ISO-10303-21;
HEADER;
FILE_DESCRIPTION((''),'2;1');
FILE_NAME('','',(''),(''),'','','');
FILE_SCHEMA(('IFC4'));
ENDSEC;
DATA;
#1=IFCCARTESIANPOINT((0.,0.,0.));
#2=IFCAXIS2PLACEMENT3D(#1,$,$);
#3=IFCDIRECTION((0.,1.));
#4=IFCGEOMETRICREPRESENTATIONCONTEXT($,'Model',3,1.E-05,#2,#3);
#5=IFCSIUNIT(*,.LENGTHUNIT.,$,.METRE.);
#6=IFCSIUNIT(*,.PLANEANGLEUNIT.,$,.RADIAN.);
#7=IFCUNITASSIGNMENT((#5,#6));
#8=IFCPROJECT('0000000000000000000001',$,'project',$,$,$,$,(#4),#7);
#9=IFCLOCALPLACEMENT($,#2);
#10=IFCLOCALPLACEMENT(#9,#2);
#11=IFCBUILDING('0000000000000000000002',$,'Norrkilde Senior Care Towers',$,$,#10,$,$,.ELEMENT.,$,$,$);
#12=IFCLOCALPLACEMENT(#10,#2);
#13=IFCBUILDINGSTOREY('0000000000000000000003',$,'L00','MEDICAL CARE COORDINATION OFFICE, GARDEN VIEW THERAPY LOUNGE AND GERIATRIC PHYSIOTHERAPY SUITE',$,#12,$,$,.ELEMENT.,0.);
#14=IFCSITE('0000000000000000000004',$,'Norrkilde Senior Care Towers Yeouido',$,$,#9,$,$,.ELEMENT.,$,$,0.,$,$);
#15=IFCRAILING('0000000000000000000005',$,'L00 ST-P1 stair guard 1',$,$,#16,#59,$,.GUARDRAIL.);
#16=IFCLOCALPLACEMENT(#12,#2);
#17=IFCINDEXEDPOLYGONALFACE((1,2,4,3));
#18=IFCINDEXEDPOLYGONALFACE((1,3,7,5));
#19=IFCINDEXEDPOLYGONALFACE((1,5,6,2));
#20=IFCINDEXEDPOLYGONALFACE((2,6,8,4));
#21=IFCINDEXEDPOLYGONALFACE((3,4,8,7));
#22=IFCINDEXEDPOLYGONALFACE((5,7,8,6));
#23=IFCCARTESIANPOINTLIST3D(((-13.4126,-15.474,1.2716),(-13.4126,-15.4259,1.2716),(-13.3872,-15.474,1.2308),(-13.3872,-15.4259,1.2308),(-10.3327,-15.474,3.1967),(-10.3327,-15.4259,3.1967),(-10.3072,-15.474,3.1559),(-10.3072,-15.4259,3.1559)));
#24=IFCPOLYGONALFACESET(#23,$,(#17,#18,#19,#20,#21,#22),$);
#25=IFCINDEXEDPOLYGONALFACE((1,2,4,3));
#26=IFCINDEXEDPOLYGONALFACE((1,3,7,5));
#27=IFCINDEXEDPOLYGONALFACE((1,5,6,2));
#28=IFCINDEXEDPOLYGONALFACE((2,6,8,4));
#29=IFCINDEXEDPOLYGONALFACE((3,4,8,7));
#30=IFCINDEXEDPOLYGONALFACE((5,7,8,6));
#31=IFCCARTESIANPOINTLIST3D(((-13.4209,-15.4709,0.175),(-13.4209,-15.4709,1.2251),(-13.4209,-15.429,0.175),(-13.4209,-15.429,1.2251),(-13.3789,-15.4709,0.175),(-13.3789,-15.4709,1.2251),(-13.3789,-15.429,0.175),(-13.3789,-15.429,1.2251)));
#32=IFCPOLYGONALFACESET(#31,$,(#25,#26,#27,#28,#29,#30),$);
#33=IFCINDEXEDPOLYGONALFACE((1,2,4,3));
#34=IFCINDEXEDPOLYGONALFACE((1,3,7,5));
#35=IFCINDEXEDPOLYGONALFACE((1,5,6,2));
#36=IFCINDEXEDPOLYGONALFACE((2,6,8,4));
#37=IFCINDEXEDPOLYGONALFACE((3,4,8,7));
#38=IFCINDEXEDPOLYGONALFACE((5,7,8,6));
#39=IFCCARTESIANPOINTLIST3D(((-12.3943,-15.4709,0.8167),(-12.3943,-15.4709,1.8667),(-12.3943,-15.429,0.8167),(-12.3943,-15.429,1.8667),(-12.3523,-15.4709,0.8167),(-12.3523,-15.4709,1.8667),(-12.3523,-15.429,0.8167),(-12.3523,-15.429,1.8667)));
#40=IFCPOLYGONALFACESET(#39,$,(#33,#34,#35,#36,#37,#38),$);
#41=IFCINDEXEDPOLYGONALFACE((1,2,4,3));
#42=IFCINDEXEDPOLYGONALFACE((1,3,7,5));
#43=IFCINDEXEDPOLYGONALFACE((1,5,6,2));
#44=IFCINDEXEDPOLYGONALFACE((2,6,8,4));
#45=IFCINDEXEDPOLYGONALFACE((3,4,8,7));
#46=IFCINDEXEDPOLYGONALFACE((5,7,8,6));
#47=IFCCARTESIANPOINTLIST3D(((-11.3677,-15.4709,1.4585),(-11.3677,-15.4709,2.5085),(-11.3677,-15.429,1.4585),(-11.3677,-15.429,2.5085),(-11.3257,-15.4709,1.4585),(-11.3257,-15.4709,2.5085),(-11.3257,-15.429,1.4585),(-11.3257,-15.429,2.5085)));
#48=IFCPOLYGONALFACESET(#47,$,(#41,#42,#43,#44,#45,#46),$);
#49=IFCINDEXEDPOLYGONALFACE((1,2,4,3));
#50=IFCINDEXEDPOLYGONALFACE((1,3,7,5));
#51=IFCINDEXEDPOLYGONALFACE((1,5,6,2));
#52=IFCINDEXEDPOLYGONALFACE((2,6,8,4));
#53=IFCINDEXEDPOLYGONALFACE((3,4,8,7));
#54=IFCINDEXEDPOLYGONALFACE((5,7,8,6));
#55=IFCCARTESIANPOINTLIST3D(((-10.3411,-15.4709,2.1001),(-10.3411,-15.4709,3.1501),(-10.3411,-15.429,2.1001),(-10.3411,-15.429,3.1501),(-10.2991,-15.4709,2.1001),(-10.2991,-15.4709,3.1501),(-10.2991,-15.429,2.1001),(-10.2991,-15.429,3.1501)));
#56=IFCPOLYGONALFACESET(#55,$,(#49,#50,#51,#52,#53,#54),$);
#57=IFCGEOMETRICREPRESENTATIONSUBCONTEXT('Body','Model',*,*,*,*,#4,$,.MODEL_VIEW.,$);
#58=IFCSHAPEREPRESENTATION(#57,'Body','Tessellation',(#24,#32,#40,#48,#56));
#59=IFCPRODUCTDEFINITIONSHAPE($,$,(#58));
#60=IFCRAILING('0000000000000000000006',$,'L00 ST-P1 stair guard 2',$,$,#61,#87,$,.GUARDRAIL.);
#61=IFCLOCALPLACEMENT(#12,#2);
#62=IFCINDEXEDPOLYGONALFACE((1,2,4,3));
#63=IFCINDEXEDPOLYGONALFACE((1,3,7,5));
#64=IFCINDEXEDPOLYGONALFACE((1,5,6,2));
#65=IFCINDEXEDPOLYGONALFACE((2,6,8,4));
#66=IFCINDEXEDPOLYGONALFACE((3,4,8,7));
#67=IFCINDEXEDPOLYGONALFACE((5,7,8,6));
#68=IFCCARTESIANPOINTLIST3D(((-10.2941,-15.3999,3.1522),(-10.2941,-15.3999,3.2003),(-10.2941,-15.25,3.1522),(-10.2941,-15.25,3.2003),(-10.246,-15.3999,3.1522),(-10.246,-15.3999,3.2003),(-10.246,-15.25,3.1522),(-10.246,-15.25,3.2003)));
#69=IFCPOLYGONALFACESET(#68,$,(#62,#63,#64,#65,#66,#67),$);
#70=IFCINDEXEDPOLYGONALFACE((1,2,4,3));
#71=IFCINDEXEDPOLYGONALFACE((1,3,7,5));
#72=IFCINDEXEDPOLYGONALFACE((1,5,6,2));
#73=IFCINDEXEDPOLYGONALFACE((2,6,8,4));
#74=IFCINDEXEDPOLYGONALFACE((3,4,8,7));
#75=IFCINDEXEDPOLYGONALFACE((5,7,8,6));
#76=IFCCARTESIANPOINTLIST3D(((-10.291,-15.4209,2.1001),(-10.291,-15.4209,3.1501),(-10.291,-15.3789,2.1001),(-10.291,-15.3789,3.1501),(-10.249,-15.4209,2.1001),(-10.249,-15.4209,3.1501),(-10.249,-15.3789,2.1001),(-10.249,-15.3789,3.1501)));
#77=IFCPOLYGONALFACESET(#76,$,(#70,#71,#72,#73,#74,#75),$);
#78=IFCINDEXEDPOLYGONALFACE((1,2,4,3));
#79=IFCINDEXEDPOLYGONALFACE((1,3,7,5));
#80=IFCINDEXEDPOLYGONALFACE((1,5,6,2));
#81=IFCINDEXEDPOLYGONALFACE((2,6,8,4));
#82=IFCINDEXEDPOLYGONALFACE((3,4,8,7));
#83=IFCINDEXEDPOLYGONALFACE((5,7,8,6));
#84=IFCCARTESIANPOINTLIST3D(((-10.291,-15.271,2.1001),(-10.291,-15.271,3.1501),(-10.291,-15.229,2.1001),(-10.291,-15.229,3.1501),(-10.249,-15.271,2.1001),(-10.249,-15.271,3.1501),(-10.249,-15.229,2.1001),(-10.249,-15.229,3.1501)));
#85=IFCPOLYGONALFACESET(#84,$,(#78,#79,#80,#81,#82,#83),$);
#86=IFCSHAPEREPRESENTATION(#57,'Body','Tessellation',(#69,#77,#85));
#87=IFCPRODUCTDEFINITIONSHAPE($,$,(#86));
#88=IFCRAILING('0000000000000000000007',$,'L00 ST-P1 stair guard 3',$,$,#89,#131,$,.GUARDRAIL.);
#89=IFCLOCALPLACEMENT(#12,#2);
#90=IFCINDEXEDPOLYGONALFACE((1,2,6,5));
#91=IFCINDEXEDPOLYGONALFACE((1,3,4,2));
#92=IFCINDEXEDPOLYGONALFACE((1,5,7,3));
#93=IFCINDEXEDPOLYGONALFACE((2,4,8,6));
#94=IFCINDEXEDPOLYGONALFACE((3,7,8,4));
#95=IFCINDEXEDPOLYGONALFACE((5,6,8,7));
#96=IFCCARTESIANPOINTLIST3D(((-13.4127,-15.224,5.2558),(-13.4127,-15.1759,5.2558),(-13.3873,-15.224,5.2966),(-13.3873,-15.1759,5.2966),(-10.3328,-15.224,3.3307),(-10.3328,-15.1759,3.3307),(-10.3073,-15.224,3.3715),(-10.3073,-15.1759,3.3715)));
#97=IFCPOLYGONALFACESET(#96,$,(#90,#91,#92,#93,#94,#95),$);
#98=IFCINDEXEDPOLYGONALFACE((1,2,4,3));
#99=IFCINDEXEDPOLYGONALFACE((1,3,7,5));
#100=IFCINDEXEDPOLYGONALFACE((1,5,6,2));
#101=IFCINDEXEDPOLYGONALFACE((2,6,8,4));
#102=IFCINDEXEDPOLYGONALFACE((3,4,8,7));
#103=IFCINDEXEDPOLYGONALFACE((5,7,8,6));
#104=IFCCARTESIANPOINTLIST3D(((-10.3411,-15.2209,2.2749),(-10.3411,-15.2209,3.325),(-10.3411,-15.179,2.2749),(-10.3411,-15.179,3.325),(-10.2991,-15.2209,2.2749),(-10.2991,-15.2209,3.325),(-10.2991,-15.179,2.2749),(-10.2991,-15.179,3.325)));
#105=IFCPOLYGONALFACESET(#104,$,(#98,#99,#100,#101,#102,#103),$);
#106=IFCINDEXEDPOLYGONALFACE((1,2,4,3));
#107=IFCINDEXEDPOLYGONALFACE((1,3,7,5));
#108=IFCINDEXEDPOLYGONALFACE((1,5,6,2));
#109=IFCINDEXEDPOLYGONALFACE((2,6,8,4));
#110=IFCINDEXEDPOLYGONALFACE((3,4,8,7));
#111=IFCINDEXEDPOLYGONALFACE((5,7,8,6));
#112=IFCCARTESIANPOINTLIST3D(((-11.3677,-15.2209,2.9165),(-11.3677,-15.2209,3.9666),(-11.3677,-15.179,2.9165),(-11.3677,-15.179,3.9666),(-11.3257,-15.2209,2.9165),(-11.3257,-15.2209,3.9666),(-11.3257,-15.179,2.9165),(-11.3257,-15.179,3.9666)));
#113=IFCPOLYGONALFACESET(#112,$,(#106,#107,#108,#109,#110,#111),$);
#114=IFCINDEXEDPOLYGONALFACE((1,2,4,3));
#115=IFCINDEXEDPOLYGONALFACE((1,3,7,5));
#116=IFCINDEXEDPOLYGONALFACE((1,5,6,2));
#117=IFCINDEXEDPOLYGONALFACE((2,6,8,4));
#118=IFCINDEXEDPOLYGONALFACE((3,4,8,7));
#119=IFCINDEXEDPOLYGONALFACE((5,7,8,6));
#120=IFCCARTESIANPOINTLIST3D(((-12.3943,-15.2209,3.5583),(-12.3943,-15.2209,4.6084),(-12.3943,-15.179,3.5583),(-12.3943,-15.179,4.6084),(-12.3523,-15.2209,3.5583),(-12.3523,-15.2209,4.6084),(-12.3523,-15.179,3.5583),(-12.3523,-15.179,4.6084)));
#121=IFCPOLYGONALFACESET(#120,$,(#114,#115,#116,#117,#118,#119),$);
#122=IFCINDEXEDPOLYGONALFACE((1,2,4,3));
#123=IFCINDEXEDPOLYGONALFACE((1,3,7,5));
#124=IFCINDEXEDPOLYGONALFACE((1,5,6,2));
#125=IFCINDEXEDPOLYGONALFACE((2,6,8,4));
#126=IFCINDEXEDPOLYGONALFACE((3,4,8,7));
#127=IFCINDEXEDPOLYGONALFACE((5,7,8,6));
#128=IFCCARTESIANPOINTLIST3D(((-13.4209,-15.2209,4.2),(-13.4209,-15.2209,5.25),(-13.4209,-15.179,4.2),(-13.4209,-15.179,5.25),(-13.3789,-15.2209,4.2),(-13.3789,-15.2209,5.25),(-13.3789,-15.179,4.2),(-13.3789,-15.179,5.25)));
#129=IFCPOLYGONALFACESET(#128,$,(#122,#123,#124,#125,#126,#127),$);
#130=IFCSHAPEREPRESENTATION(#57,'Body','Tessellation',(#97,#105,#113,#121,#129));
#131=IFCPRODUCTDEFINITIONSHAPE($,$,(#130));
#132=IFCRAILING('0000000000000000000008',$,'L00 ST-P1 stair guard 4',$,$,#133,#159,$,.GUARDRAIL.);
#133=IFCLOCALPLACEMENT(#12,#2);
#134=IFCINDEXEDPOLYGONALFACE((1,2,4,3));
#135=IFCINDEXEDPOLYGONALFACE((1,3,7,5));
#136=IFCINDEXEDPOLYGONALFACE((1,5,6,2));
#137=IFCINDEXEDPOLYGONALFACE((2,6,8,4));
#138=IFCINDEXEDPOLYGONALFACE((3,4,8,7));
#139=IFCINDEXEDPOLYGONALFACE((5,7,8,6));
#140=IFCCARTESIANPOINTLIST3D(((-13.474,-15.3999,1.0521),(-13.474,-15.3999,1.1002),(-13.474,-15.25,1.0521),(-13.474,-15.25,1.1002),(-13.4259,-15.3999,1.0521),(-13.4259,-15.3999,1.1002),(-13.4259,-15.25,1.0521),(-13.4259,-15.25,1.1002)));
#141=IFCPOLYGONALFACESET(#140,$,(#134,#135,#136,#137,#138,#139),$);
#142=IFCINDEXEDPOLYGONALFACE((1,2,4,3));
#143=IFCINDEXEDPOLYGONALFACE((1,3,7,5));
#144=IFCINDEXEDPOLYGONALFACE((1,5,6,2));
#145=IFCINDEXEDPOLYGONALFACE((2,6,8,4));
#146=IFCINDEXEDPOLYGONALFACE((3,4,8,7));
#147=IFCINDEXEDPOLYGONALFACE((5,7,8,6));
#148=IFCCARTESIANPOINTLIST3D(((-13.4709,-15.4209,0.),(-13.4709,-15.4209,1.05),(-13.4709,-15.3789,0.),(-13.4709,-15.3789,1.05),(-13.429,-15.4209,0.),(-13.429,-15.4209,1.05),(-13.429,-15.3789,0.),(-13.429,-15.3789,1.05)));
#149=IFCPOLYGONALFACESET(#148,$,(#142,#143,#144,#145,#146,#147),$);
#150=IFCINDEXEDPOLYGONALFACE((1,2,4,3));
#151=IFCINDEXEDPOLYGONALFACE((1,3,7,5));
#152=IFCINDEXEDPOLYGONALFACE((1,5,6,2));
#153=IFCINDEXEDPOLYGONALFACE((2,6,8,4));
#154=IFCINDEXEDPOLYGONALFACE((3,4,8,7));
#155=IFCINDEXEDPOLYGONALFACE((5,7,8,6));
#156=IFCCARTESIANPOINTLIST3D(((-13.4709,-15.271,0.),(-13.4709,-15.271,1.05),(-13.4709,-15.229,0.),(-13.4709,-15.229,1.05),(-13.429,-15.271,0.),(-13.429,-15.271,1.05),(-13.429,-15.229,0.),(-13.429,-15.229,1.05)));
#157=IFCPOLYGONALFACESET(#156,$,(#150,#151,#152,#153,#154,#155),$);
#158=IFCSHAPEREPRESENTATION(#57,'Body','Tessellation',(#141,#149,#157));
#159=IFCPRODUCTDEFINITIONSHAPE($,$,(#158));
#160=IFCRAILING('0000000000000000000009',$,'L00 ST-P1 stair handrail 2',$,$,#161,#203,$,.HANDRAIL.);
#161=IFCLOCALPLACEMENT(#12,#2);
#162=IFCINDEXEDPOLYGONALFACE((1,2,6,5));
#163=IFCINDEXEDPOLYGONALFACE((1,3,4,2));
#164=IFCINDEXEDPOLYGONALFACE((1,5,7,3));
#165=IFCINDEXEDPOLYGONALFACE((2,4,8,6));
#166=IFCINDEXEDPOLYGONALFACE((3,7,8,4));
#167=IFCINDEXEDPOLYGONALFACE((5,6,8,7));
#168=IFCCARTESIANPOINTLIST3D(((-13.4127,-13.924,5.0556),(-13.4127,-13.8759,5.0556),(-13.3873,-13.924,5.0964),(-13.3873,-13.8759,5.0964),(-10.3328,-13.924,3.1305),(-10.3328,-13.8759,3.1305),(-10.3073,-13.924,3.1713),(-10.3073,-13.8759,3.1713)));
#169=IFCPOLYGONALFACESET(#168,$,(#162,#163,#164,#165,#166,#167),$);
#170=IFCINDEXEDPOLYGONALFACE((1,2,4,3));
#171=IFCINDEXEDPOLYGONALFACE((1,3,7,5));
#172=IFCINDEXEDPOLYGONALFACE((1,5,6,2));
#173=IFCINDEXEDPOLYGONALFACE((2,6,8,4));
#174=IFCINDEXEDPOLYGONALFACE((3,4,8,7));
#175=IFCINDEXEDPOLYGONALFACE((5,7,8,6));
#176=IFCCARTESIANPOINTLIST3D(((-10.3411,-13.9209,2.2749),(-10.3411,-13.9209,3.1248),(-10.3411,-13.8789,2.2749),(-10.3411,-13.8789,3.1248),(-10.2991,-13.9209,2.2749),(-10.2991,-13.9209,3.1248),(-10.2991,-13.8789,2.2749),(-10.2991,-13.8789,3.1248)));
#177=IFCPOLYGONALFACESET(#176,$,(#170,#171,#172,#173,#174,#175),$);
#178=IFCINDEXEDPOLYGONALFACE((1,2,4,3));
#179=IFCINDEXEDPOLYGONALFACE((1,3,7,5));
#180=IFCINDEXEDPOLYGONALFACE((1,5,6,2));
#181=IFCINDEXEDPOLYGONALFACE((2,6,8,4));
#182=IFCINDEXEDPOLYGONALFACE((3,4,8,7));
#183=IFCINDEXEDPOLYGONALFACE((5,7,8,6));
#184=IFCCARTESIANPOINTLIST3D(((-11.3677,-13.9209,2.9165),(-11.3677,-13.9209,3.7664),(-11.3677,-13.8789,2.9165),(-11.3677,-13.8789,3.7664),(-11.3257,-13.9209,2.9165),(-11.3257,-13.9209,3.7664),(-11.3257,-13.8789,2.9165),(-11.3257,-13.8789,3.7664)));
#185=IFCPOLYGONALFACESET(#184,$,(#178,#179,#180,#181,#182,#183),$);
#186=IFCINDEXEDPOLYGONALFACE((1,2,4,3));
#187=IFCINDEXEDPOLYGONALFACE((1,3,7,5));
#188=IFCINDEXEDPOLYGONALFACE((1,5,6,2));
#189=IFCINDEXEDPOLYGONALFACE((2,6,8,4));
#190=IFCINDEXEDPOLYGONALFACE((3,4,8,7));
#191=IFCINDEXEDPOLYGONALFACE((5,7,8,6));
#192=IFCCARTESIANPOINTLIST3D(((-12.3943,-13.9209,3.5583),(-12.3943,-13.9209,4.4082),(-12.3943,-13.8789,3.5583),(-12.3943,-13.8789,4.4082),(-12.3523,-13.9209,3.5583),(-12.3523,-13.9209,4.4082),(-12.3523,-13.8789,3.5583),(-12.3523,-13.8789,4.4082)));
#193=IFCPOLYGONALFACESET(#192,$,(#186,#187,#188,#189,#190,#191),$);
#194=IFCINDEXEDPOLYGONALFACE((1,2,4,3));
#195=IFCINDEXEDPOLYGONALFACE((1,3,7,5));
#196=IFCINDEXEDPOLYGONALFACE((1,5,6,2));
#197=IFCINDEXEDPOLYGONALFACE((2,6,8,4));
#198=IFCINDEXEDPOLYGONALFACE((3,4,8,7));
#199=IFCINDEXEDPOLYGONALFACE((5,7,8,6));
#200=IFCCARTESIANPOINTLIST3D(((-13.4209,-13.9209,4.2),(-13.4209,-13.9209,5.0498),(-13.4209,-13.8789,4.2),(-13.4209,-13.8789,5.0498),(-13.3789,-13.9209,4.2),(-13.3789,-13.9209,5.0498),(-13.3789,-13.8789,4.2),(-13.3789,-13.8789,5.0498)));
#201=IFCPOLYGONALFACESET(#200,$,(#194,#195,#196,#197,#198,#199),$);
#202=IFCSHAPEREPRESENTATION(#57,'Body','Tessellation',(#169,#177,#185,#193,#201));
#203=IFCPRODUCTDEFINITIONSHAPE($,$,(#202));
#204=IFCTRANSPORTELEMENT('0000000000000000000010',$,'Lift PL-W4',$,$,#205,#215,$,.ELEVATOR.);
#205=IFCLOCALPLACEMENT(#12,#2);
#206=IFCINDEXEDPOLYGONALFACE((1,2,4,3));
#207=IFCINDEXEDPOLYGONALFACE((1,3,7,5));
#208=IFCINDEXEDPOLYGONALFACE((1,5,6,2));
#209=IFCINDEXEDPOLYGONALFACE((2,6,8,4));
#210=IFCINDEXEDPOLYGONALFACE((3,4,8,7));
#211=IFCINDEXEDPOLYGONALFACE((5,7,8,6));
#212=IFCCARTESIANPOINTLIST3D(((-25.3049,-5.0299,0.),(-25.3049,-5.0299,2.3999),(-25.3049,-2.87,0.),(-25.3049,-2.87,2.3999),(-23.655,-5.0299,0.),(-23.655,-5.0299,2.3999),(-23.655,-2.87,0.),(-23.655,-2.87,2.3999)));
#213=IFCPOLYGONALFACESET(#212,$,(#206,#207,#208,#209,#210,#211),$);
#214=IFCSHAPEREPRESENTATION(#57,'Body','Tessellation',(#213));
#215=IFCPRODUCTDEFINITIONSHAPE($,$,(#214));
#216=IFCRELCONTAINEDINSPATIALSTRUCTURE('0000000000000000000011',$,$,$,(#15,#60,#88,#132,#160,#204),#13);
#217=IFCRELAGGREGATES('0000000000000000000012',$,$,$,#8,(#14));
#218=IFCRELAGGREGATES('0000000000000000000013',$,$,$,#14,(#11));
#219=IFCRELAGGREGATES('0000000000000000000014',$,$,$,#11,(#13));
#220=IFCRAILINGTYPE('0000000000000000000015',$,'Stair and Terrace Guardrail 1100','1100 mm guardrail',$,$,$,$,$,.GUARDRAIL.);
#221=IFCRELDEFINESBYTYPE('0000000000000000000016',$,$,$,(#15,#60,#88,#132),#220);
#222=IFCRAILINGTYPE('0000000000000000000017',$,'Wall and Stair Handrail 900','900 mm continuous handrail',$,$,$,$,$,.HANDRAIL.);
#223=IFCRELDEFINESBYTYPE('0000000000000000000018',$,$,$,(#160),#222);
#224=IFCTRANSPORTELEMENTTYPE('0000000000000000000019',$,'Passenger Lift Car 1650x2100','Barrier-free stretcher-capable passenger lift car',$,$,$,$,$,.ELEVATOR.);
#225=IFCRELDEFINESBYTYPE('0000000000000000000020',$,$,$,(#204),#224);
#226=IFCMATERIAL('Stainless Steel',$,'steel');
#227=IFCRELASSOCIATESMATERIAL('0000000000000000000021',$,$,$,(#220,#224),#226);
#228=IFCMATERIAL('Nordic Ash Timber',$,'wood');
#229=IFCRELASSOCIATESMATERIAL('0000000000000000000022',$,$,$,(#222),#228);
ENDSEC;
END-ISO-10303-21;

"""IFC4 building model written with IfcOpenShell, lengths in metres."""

from ifc_helpers import new_model, si_unit, direction, frame, origin, origin_2d, place, context, subcontext, project, spatial, rectangle, extrude, source, transform, mapped, material, type_object, type_shapes, element, save


model = new_model("IFC4")

# Units and contexts
model_context = context("Model", 3, precision=1e-05, world=origin(), true_north=direction((0.0, 1.0)))
body_context = subcontext(model_context, "Body", "Model", "MODEL_VIEW")
ifc_project = project(units=[si_unit("LENGTHUNIT", "METRE"), si_unit("PLANEANGLEUNIT", "RADIAN")], contexts=[model_context])

# Site, building, storey
site_placement = place(None, origin())
site = spatial("IfcSite", under=ifc_project, at=site_placement, Name="Norrkilde Senior Care Towers Yeouido", CompositionType="ELEMENT", RefElevation=0.0)
building_placement = place(site_placement, origin())
building = spatial("IfcBuilding", under=site, at=building_placement, Name="Norrkilde Senior Care Towers", CompositionType="ELEMENT")
storey_placement = place(building_placement, origin())
storey = spatial("IfcBuildingStorey", under=building, at=storey_placement, Name="L00", Description="MEDICAL CARE COORDINATION OFFICE, GARDEN VIEW THERAPY LOUNGE AND GERIATRIC PHYSIOTHERAPY SUITE", CompositionType="ELEMENT", Elevation=0.0)

# Shared definitions
ifc_material_1 = material(Name="Nordic Ash Timber", Category="wood")

# Railings
ifc_material_2 = material(Name="Stainless Steel", Category="steel")
railing_type_1 = type_object("IfcRailingType", Name="Stair and Terrace Guardrail 1100", Description="1100 mm guardrail", PredefinedType="GUARDRAIL", material=ifc_material_2)
railing_1_placement = place(storey_placement, frame((-13.3999, -15.45, 0.175)))
element("IfcRailing", 1, at=railing_1_placement, inside=storey, type_object=railing_type_1, Name="L00 ST-P1 stair guard 1", PredefinedType="GUARDRAIL", context=body_context, shape_type="SweptSolid", body=[
    extrude(rectangle(XDim=0.0481, YDim=0.0481, at=origin_2d()), frame((0.0, 0.0, 1.0762), z_axis=(0.847979, 0.0, 0.530029), x_axis=(0.0, 1.0, 0.0)), (0.0, 0.0, 1.0), 3.6321),
    extrude(rectangle(XDim=0.042, YDim=0.042, at=origin_2d()), origin(), (0.0, 0.0, 1.0), 1.05),
    extrude(rectangle(XDim=0.042, YDim=0.042, at=origin_2d()), frame((1.0266, 0.0, 0.6416)), (0.0, 0.0, 1.0), 1.05),
    extrude(rectangle(XDim=0.042, YDim=0.042, at=origin_2d()), frame((2.0532, 0.0, 1.2834)), (0.0, 0.0, 1.0), 1.05),
    extrude(rectangle(XDim=0.042, YDim=0.042, at=origin_2d()), frame((3.0798, 0.0, 1.925)), (0.0, 0.0, 1.0), 1.05),
])
railing_2_placement = place(storey_placement, frame((-10.27, -15.3999, 2.1001)))
element("IfcRailing", 2, at=railing_2_placement, inside=storey, type_object=railing_type_1, Name="L00 ST-P1 stair guard 2", PredefinedType="GUARDRAIL", context=body_context, shape_type="SweptSolid", body=[
    extrude(rectangle(XDim=0.0481, YDim=0.0481, at=origin_2d()), frame((0.0, 0.0, 1.0762), z_axis=(0.0, 1.0, 0.0), x_axis=(-1.0, 0.0, 0.0)), (0.0, 0.0, 1.0), 0.1499),
    extrude(rectangle(XDim=0.042, YDim=0.042, at=origin_2d()), origin(), (0.0, 0.0, 1.0), 1.05),
    extrude(rectangle(XDim=0.042, YDim=0.042, at=origin_2d()), frame((0.0, 0.1499, 0.0)), (0.0, 0.0, 1.0), 1.05),
])
railing_3_placement = place(storey_placement, frame((-10.3201, -15.2, 2.2749)))
element("IfcRailing", 3, at=railing_3_placement, inside=storey, type_object=railing_type_1, Name="L00 ST-P1 stair guard 3", PredefinedType="GUARDRAIL", context=body_context, shape_type="SweptSolid", body=[
    extrude(rectangle(XDim=0.0481, YDim=0.0481, at=origin_2d()), frame((0.0, 0.0, 1.0762), z_axis=(-0.847979, 0.0, 0.530029), x_axis=(0.0, -1.0, 0.0)), (0.0, 0.0, 1.0), 3.6321),
    extrude(rectangle(XDim=0.042, YDim=0.042, at=origin_2d()), origin(), (0.0, 0.0, 1.0), 1.05),
    extrude(rectangle(XDim=0.042, YDim=0.042, at=origin_2d()), frame((-1.0266, 0.0, 0.6416)), (0.0, 0.0, 1.0), 1.05),
    extrude(rectangle(XDim=0.042, YDim=0.042, at=origin_2d()), frame((-2.0532, 0.0, 1.2834)), (0.0, 0.0, 1.0), 1.05),
    extrude(rectangle(XDim=0.042, YDim=0.042, at=origin_2d()), frame((-3.0798, 0.0, 1.925)), (0.0, 0.0, 1.0), 1.05),
])
railing_4_placement = place(storey_placement, frame((-13.45, -15.3999, 0.0)))
element("IfcRailing", 4, at=railing_4_placement, inside=storey, type_object=railing_type_1, Name="L00 ST-P1 stair guard 4", PredefinedType="GUARDRAIL", context=body_context, shape_type="SweptSolid", body=[
    extrude(rectangle(XDim=0.0481, YDim=0.0481, at=origin_2d()), frame((0.0, 0.0, 1.0762), z_axis=(0.0, 1.0, 0.0), x_axis=(-1.0, 0.0, 0.0)), (0.0, 0.0, 1.0), 0.1499),
    extrude(rectangle(XDim=0.042, YDim=0.042, at=origin_2d()), origin(), (0.0, 0.0, 1.0), 1.05),
    extrude(rectangle(XDim=0.042, YDim=0.042, at=origin_2d()), frame((0.0, 0.1499, 0.0)), (0.0, 0.0, 1.0), 1.05),
])
railing_type_2 = type_object("IfcRailingType", Name="Wall and Stair Handrail 900", Description="900 mm continuous handrail", PredefinedType="HANDRAIL", material=ifc_material_1)
railing_5_placement = place(storey_placement, frame((-10.3201, -13.8999, 2.2749)))
element("IfcRailing", 5, at=railing_5_placement, inside=storey, type_object=railing_type_2, Name="L00 ST-P1 stair handrail 2", PredefinedType="HANDRAIL", context=body_context, shape_type="SweptSolid", body=[
    extrude(rectangle(XDim=0.0481, YDim=0.0481, at=origin_2d()), frame((0.0, 0.0, 0.876), z_axis=(-0.847979, 0.0, 0.530029), x_axis=(0.0, -1.0, 0.0)), (0.0, 0.0, 1.0), 3.6321),
    extrude(rectangle(XDim=0.042, YDim=0.042, at=origin_2d()), origin(), (0.0, 0.0, 1.0), 0.8499),
    extrude(rectangle(XDim=0.042, YDim=0.042, at=origin_2d()), frame((-1.0266, 0.0, 0.6416)), (0.0, 0.0, 1.0), 0.8499),
    extrude(rectangle(XDim=0.042, YDim=0.042, at=origin_2d()), frame((-2.0532, 0.0, 1.2834)), (0.0, 0.0, 1.0), 0.8499),
    extrude(rectangle(XDim=0.042, YDim=0.042, at=origin_2d()), frame((-3.0798, 0.0, 1.925)), (0.0, 0.0, 1.0), 0.8499),
])

# Transport element
transport_element_type = type_object("IfcTransportElementType", Name="Passenger Lift Car 1650x2100", Description="Barrier-free stretcher-capable passenger lift car", PredefinedType="ELEVATOR", material=ifc_material_2)
shared_shape_1 = source(origin(), body_context, "Body", "SweptSolid", [
    extrude(rectangle(XDim=1.6499, YDim=2.1599, at=origin_2d()), origin(), (0.0, 0.0, 1.0), 2.3999),
])
type_shapes(transport_element_type, [shared_shape_1])
transport_element_placement = place(storey_placement, frame((-24.48, -3.95, 0.0), z_axis=(0.0, 0.0, 1.0), x_axis=(1.0, 0.0, 0.0)))
element("IfcTransportElement", 6, at=transport_element_placement, inside=storey, type_object=transport_element_type, Name="Lift PL-W4", PredefinedType="ELEVATOR", context=body_context, shape_type="MappedRepresentation", body=[
    mapped(shared_shape_1, transform((0.0, 0.0, 0.0), x_axis=(1.0, 0.0, 0.0), y_axis=(0.0, 1.0, 0.0), z_axis=(0.0, 0.0, 1.0), scale=1.0)),
])

save(model, "model.ifc")
